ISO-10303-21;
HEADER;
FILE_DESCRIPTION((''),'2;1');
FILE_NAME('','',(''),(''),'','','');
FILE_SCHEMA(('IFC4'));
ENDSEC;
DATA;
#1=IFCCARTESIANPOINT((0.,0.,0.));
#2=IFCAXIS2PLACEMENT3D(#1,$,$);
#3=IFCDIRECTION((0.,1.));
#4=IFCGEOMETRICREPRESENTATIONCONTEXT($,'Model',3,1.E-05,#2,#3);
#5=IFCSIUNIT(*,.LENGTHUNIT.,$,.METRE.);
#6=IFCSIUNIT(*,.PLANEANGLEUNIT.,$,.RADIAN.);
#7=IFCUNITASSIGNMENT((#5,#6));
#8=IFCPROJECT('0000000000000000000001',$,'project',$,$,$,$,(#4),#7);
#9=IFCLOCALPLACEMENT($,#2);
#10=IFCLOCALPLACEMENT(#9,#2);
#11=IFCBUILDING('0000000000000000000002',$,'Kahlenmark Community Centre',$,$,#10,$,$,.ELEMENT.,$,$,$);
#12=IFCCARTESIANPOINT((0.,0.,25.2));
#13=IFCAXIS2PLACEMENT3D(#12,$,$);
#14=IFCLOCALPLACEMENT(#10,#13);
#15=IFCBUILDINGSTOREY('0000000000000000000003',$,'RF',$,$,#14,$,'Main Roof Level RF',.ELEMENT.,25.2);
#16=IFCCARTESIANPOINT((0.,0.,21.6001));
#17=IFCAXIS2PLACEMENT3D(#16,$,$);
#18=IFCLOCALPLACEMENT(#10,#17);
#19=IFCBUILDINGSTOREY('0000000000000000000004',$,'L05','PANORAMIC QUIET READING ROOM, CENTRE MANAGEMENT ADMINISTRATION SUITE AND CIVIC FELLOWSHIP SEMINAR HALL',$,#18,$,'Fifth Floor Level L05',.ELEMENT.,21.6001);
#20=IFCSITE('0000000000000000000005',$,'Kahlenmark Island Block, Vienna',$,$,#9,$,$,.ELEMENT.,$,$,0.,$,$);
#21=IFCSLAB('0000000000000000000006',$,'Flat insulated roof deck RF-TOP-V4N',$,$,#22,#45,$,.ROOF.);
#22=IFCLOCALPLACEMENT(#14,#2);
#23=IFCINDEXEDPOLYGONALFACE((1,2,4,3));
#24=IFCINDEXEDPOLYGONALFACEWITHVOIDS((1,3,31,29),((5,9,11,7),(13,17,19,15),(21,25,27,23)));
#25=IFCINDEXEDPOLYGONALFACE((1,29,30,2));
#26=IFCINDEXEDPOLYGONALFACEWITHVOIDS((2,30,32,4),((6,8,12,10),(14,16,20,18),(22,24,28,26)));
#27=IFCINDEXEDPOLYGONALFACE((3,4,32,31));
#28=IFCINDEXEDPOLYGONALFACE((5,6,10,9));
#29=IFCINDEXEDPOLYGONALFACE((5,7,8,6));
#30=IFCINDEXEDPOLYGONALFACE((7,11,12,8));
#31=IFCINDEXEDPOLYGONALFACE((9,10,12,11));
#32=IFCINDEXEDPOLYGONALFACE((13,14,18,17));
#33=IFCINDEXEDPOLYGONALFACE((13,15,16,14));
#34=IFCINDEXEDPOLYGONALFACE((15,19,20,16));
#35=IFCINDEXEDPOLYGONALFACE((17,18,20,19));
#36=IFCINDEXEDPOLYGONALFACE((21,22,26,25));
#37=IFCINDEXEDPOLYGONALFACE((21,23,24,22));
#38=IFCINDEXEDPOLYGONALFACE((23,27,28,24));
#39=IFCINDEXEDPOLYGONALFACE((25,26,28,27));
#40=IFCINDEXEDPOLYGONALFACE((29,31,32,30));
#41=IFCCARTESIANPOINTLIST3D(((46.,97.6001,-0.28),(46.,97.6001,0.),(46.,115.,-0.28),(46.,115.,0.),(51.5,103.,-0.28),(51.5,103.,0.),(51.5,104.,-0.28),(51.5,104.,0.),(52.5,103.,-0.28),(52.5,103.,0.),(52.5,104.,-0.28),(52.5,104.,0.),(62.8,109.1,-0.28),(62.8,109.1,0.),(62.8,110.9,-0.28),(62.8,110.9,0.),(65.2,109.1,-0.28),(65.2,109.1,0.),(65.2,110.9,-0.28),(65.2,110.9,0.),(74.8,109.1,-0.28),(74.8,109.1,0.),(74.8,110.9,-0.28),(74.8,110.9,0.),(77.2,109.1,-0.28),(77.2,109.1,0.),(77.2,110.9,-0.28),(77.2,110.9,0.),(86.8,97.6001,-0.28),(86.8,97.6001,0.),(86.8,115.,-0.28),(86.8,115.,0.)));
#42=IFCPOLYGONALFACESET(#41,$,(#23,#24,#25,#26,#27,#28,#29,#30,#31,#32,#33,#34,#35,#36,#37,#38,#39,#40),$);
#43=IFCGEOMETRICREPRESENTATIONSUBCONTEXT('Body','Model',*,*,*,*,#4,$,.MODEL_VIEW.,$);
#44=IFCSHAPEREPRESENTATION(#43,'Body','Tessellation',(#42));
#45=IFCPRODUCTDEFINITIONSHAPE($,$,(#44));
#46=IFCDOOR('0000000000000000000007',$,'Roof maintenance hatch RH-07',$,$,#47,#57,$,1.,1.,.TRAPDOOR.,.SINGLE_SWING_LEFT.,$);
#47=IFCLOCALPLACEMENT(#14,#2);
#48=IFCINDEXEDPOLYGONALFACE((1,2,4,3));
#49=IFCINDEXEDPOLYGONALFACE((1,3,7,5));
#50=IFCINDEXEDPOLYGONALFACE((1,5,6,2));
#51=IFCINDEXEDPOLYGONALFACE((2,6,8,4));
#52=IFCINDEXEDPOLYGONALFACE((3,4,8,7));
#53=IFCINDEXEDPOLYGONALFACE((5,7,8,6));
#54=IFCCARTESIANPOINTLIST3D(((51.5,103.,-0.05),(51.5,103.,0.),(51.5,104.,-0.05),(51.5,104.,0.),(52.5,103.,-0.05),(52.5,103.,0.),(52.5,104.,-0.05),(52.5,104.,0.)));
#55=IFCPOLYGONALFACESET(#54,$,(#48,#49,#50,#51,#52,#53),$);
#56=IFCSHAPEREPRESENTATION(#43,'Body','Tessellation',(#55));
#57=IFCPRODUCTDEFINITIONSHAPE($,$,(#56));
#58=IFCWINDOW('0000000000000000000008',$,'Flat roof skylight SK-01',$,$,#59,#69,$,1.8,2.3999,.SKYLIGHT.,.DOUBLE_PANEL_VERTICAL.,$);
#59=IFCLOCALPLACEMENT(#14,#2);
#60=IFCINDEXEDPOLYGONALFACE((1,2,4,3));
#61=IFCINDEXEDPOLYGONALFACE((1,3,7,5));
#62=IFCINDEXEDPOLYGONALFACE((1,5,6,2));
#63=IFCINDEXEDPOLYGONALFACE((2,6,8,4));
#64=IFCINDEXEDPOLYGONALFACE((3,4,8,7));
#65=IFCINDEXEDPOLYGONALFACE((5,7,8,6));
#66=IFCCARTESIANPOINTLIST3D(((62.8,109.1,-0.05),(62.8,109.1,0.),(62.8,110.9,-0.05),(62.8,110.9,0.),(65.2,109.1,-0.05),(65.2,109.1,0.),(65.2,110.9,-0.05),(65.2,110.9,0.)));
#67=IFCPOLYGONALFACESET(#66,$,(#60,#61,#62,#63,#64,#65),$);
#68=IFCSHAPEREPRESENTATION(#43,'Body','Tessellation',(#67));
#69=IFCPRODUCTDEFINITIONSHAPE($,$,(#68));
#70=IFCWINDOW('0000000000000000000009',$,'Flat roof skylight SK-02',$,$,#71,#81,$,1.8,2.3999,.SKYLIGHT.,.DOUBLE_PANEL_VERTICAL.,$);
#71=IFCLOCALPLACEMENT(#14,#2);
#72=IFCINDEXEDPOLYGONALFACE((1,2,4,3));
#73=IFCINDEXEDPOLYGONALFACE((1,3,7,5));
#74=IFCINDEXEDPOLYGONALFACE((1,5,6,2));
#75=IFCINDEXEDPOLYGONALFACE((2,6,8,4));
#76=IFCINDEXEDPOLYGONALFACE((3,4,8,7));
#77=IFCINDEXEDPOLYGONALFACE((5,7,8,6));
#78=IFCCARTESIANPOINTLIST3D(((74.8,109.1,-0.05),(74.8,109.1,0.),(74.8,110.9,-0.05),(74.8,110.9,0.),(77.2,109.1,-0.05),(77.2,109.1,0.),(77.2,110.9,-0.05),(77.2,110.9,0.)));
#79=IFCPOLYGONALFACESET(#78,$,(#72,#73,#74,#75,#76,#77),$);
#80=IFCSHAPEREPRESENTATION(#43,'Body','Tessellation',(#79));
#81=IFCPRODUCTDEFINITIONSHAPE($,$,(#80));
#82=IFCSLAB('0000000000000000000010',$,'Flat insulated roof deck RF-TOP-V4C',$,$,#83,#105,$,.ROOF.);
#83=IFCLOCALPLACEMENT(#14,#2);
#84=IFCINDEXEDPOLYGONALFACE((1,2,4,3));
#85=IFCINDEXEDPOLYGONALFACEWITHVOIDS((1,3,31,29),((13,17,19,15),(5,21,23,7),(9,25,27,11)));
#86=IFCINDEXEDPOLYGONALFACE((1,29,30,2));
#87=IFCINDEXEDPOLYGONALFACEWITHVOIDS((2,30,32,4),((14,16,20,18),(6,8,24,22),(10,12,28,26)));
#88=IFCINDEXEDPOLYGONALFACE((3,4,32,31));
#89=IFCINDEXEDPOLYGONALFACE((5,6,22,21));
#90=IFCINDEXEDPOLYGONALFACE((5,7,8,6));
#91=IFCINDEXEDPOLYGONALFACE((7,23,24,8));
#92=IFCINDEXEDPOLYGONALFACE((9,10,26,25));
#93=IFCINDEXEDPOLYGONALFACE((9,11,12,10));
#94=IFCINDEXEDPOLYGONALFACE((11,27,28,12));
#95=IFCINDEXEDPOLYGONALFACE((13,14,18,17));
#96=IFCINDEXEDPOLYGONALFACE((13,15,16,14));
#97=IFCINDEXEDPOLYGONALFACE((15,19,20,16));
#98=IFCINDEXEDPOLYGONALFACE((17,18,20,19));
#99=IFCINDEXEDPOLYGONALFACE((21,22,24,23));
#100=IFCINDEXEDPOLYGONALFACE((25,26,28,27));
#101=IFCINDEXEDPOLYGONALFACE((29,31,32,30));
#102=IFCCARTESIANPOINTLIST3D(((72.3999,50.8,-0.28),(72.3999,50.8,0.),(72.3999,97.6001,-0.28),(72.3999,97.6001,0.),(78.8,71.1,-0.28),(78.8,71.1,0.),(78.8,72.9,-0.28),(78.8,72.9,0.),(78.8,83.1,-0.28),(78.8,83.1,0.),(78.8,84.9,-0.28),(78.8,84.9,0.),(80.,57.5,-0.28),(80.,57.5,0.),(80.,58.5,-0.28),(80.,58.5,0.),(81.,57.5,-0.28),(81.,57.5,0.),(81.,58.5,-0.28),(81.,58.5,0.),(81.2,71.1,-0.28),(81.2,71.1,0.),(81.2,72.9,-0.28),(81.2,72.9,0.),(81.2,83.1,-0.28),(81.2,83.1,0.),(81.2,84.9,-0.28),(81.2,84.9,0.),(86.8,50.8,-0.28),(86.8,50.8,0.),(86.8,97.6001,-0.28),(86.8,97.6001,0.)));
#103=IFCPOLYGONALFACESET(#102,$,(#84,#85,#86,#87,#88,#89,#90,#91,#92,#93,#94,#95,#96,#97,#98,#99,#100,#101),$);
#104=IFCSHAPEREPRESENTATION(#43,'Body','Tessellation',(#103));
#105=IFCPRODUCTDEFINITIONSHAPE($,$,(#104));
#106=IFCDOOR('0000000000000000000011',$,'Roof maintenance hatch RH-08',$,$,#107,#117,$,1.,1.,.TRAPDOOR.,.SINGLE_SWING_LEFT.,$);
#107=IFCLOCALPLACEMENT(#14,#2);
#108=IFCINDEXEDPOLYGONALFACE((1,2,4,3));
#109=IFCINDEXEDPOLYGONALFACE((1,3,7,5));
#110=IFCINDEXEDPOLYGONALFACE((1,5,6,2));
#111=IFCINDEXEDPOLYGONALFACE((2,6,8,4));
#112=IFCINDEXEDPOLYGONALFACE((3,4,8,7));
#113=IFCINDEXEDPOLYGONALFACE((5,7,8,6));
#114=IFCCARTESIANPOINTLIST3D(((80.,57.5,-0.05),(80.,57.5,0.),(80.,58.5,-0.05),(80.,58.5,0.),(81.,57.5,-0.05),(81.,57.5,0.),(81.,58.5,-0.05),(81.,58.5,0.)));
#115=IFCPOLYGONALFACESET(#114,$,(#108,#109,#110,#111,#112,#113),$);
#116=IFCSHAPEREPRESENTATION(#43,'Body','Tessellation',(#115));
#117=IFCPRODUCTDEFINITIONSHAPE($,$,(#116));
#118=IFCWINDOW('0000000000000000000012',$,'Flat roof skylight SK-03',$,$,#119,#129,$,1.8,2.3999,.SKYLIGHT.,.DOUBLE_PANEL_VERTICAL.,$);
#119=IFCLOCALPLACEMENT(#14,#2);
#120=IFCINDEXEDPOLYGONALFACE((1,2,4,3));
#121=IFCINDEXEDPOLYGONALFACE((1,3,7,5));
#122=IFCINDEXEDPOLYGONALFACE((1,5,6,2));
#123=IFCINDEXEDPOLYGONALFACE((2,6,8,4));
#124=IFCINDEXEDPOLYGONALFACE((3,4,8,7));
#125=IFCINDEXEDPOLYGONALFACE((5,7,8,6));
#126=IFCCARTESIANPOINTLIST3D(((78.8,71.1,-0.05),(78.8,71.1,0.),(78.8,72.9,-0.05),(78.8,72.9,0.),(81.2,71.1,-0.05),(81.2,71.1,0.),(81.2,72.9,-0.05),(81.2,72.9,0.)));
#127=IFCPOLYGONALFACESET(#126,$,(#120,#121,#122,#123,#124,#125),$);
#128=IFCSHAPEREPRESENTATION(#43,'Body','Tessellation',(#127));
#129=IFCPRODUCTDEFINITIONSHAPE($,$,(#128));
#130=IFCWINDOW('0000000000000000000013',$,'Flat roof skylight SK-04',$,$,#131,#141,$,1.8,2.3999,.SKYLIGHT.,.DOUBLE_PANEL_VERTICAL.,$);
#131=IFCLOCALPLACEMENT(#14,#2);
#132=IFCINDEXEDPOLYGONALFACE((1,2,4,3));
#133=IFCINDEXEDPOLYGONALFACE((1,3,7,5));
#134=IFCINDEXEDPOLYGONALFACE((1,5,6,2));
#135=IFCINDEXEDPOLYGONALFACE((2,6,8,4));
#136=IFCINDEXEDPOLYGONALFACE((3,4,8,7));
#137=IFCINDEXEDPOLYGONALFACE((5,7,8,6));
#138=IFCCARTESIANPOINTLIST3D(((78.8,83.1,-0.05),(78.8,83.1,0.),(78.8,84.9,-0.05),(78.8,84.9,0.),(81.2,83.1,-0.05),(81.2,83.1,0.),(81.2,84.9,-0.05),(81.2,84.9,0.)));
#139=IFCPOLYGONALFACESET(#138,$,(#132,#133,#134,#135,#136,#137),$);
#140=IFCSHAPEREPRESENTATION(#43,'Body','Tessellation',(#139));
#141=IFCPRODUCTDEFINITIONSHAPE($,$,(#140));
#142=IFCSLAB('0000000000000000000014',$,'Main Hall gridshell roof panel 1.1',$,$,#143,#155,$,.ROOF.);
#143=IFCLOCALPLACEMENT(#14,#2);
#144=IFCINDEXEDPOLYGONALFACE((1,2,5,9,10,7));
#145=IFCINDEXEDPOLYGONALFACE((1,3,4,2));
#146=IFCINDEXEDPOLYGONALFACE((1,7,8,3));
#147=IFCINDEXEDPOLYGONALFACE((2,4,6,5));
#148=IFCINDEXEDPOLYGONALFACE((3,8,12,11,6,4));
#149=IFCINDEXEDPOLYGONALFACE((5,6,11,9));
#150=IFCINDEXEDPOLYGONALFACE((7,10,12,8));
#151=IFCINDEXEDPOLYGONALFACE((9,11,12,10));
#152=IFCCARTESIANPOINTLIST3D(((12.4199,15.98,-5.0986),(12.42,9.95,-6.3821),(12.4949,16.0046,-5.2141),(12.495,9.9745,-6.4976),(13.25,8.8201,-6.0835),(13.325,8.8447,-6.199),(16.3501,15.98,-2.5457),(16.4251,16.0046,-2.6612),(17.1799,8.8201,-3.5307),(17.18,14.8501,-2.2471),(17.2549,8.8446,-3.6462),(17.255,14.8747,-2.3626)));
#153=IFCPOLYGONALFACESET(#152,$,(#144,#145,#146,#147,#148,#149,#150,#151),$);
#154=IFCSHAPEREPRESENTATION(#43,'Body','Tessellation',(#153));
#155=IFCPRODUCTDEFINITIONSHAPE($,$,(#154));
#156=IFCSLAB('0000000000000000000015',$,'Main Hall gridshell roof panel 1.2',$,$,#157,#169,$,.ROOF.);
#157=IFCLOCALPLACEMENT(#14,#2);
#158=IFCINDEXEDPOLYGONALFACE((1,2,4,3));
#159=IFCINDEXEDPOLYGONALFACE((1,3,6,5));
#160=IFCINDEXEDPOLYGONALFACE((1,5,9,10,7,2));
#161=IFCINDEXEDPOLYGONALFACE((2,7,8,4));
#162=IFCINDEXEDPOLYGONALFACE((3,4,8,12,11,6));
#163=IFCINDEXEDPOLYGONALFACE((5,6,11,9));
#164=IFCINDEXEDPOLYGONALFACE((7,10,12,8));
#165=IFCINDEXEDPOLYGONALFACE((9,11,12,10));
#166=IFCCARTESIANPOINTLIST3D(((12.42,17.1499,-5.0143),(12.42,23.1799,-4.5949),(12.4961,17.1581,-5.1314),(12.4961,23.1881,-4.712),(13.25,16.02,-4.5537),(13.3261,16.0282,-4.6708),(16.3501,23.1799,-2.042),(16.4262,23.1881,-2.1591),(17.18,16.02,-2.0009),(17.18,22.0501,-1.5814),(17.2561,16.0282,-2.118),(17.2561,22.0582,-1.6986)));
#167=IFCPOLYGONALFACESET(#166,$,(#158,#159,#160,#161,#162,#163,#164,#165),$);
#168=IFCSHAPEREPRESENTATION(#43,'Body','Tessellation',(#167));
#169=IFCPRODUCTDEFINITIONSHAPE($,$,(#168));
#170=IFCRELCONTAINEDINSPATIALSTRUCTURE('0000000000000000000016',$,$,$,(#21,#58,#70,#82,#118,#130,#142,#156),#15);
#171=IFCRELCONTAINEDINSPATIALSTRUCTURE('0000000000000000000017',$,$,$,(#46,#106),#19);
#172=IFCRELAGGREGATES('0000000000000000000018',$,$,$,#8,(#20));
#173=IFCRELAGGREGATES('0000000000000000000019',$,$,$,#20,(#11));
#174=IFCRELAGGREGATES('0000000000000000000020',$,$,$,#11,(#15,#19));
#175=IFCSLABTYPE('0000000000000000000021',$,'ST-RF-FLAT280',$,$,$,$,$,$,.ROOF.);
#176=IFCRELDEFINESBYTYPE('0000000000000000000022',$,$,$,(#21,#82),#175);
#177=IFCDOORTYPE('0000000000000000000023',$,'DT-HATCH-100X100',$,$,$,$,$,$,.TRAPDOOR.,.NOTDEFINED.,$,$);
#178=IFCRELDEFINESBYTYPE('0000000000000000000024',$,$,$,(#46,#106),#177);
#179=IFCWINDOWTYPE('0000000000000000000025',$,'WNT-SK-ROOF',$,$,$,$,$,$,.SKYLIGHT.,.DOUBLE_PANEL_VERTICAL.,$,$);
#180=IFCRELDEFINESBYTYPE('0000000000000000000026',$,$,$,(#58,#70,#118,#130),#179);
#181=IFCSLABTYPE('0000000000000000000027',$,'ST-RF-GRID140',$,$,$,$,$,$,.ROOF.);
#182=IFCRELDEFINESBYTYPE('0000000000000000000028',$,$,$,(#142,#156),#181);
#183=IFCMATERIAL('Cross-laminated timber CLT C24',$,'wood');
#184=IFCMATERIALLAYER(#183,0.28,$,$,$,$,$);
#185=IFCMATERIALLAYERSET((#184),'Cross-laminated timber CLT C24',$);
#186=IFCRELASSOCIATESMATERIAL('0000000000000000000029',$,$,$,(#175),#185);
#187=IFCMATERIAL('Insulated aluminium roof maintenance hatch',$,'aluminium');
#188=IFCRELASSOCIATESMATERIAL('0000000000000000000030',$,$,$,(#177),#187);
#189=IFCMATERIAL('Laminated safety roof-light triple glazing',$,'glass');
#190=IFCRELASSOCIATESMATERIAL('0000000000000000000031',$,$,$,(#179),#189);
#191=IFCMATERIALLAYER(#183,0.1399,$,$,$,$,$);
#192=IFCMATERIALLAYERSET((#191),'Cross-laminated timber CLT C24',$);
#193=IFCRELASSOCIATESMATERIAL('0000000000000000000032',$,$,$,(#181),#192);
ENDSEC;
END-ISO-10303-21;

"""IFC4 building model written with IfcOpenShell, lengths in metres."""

from ifc_helpers import new_model, si_unit, direction, frame, origin, origin_2d, place, context, subcontext, project, spatial, polyline, rectangle, outline, extrude, material, layer, layer_set, type_object, element, fill, save


model = new_model("IFC4")

# Units and contexts
model_context = context("Model", 3, precision=1e-05, world=origin(), true_north=direction((0.0, 1.0)))
body_context = subcontext(model_context, "Body", "Model", "MODEL_VIEW")
ifc_project = project(units=[si_unit("LENGTHUNIT", "METRE"), si_unit("PLANEANGLEUNIT", "RADIAN")], contexts=[model_context])

# Site, building, storey
site_placement = place(None, origin())
site = spatial("IfcSite", under=ifc_project, at=site_placement, Name="Kahlenmark Island Block, Vienna", CompositionType="ELEMENT", RefElevation=0.0)
building_placement = place(site_placement, origin())
building = spatial("IfcBuilding", under=site, at=building_placement, Name="Kahlenmark Community Centre", CompositionType="ELEMENT")
storey_1_placement = place(building_placement, frame((0.0, 0.0, 25.2)))
storey_1 = spatial("IfcBuildingStorey", under=building, at=storey_1_placement, Name="RF", LongName="Main Roof Level RF", CompositionType="ELEMENT", Elevation=25.2)

# Shared definitions
ifc_material_1 = material(Name="Cross-laminated timber CLT C24", Category="wood")
ifc_layer_1 = layer(ifc_material_1, 0.28)
ifc_layer_set_1 = layer_set([ifc_layer_1], Name="Cross-laminated timber CLT C24")
slab_type_1 = type_object("IfcSlabType", Name="ST-RF-FLAT280", PredefinedType="ROOF", material=ifc_layer_set_1)

# Slab, openings
slab_1_placement = place(storey_1_placement, frame((0.0, 0.0, -0.28)))
slab_1 = element("IfcSlab", 1, at=slab_1_placement, inside=storey_1, type_object=slab_type_1, Name="Flat insulated roof deck RF-TOP-V4N", PredefinedType="ROOF", context=body_context, shape_type="SweptSolid", body=[
    extrude(outline(polyline([(46.0, 97.6001), (86.8, 97.6001), (86.8, 115.0), (46.0, 115.0), (46.0, 97.6001)])), origin(), (0.0, 0.0, 1.0), 0.28),
])
opening_1_placement = place(slab_1_placement, frame((52.0, 103.5, -0.01)))
opening_1 = element("IfcOpeningElement", 2, at=opening_1_placement, cuts=slab_1, PredefinedType="OPENING", context=body_context, shape_type="SweptSolid", body=[
    extrude(rectangle(XDim=1.0, YDim=1.0, at=origin_2d()), origin(), (0.0, 0.0, 1.0), 0.3),
])
opening_2_placement = place(slab_1_placement, frame((64.0, 110.0, -0.01)))
opening_2 = element("IfcOpeningElement", 3, at=opening_2_placement, cuts=slab_1, PredefinedType="OPENING", context=body_context, shape_type="SweptSolid", body=[
    extrude(rectangle(XDim=2.3999, YDim=1.8, at=origin_2d()), origin(), (0.0, 0.0, 1.0), 0.3),
])
opening_3_placement = place(slab_1_placement, frame((76.0, 110.0, -0.01)))
opening_3 = element("IfcOpeningElement", 4, at=opening_3_placement, cuts=slab_1, PredefinedType="OPENING", context=body_context, shape_type="SweptSolid", body=[
    extrude(rectangle(XDim=2.3999, YDim=1.8, at=origin_2d()), origin(), (0.0, 0.0, 1.0), 0.3),
])

# Shared definitions
storey_2_placement = place(building_placement, frame((0.0, 0.0, 21.6001)))
storey_2 = spatial("IfcBuildingStorey", under=building, at=storey_2_placement, Name="L05", Description="PANORAMIC QUIET READING ROOM, CENTRE MANAGEMENT ADMINISTRATION SUITE AND CIVIC FELLOWSHIP SEMINAR HALL", LongName="Fifth Floor Level L05", CompositionType="ELEMENT", Elevation=21.6001)

# Door
ifc_material_2 = material(Name="Insulated aluminium roof maintenance hatch", Category="aluminium")
door_type = type_object("IfcDoorType", Name="DT-HATCH-100X100", OperationType="NOTDEFINED", PredefinedType="TRAPDOOR", material=ifc_material_2)
door_1_placement = place(slab_1_placement, frame((52.0, 103.5, 0.23)))
door_1 = element("IfcDoor", 5, at=door_1_placement, inside=storey_2, type_object=door_type, Name="Roof maintenance hatch RH-07", OperationType="SINGLE_SWING_LEFT", OverallHeight=1.0, OverallWidth=1.0, PredefinedType="TRAPDOOR", context=body_context, shape_type="SweptSolid", body=[
    extrude(rectangle(XDim=1.0, YDim=1.0, at=origin_2d()), origin(), (0.0, 0.0, 1.0), 0.05),
])
fill(opening_1, door_1)

# Windows
ifc_material_3 = material(Name="Laminated safety roof-light triple glazing", Category="glass")
window_type = type_object("IfcWindowType", Name="WNT-SK-ROOF", PartitioningType="DOUBLE_PANEL_VERTICAL", PredefinedType="SKYLIGHT", material=ifc_material_3)
window_1_placement = place(slab_1_placement, frame((64.0, 110.0, 0.23)))
window_1 = element("IfcWindow", 6, at=window_1_placement, inside=storey_1, type_object=window_type, Name="Flat roof skylight SK-01", OverallHeight=1.8, OverallWidth=2.3999, PartitioningType="DOUBLE_PANEL_VERTICAL", PredefinedType="SKYLIGHT", context=body_context, shape_type="SweptSolid", body=[
    extrude(rectangle(XDim=2.3999, YDim=1.8, at=origin_2d()), origin(), (0.0, 0.0, 1.0), 0.05),
])
fill(opening_2, window_1)
window_2_placement = place(slab_1_placement, frame((76.0, 110.0, 0.23)))
window_2 = element("IfcWindow", 7, at=window_2_placement, inside=storey_1, type_object=window_type, Name="Flat roof skylight SK-02", OverallHeight=1.8, OverallWidth=2.3999, PartitioningType="DOUBLE_PANEL_VERTICAL", PredefinedType="SKYLIGHT", context=body_context, shape_type="SweptSolid", body=[
    extrude(rectangle(XDim=2.3999, YDim=1.8, at=origin_2d()), origin(), (0.0, 0.0, 1.0), 0.05),
])
fill(opening_3, window_2)

# Slab, openings, door, windows
slab_2_placement = place(storey_1_placement, frame((0.0, 0.0, -0.28)))
slab_2 = element("IfcSlab", 8, at=slab_2_placement, inside=storey_1, type_object=slab_type_1, Name="Flat insulated roof deck RF-TOP-V4C", PredefinedType="ROOF", context=body_context, shape_type="SweptSolid", body=[
    extrude(outline(polyline([(72.3999, 50.8), (86.8, 50.8), (86.8, 97.6001), (72.3999, 97.6001), (72.3999, 50.8)])), origin(), (0.0, 0.0, 1.0), 0.28),
])
opening_4_placement = place(slab_2_placement, frame((80.5, 58.0, -0.01)))
opening_4 = element("IfcOpeningElement", 9, at=opening_4_placement, cuts=slab_2, PredefinedType="OPENING", context=body_context, shape_type="SweptSolid", body=[
    extrude(rectangle(XDim=1.0, YDim=1.0, at=origin_2d()), origin(), (0.0, 0.0, 1.0), 0.3),
])
opening_5_placement = place(slab_2_placement, frame((80.0, 72.0, -0.01)))
opening_5 = element("IfcOpeningElement", 10, at=opening_5_placement, cuts=slab_2, PredefinedType="OPENING", context=body_context, shape_type="SweptSolid", body=[
    extrude(rectangle(XDim=2.3999, YDim=1.8, at=origin_2d()), origin(), (0.0, 0.0, 1.0), 0.3),
])
opening_6_placement = place(slab_2_placement, frame((80.0, 84.0, -0.01)))
opening_6 = element("IfcOpeningElement", 11, at=opening_6_placement, cuts=slab_2, PredefinedType="OPENING", context=body_context, shape_type="SweptSolid", body=[
    extrude(rectangle(XDim=2.3999, YDim=1.8, at=origin_2d()), origin(), (0.0, 0.0, 1.0), 0.3),
])
door_2_placement = place(slab_2_placement, frame((80.5, 58.0, 0.23)))
door_2 = element("IfcDoor", 12, at=door_2_placement, inside=storey_2, type_object=door_type, Name="Roof maintenance hatch RH-08", OperationType="SINGLE_SWING_LEFT", OverallHeight=1.0, OverallWidth=1.0, PredefinedType="TRAPDOOR", context=body_context, shape_type="SweptSolid", body=[
    extrude(rectangle(XDim=1.0, YDim=1.0, at=origin_2d()), origin(), (0.0, 0.0, 1.0), 0.05),
])
fill(opening_4, door_2)
window_3_placement = place(slab_2_placement, frame((80.0, 72.0, 0.23)))
window_3 = element("IfcWindow", 13, at=window_3_placement, inside=storey_1, type_object=window_type, Name="Flat roof skylight SK-03", OverallHeight=1.8, OverallWidth=2.3999, PartitioningType="DOUBLE_PANEL_VERTICAL", PredefinedType="SKYLIGHT", context=body_context, shape_type="SweptSolid", body=[
    extrude(rectangle(XDim=2.3999, YDim=1.8, at=origin_2d()), origin(), (0.0, 0.0, 1.0), 0.05),
])
fill(opening_5, window_3)
window_4_placement = place(slab_2_placement, frame((80.0, 84.0, 0.23)))
window_4 = element("IfcWindow", 14, at=window_4_placement, inside=storey_1, type_object=window_type, Name="Flat roof skylight SK-04", OverallHeight=1.8, OverallWidth=2.3999, PartitioningType="DOUBLE_PANEL_VERTICAL", PredefinedType="SKYLIGHT", context=body_context, shape_type="SweptSolid", body=[
    extrude(rectangle(XDim=2.3999, YDim=1.8, at=origin_2d()), origin(), (0.0, 0.0, 1.0), 0.05),
])
fill(opening_6, window_4)

# Slabs
ifc_layer_2 = layer(ifc_material_1, 0.1399)
ifc_layer_set_2 = layer_set([ifc_layer_2], Name="Cross-laminated timber CLT C24")
slab_type_2 = type_object("IfcSlabType", Name="ST-RF-GRID140", PredefinedType="ROOF", material=ifc_layer_set_2)
slab_3_placement = place(storey_1_placement, frame((13.25, 8.8201, -6.0835), z_axis=(-0.536257, -0.175733, 0.825558), x_axis=(0.838609, -0.000001, 0.544734)))
element("IfcSlab", 15, at=slab_3_placement, inside=storey_1, type_object=slab_type_2, Name="Main Hall gridshell roof panel 1.1", PredefinedType="ROOF", context=body_context, shape_type="SweptSolid", body=[
    extrude(outline(polyline([(0.0, 0.0), (4.6862, 0.0), (5.3855, 6.1254), (4.5269, 7.2731), (-0.1596, 7.2731), (-0.8588, 1.1478), (0.0, 0.0)])), origin(), (0.0, 0.0, -1.0), 0.1399),
])
slab_4_placement = place(storey_1_placement, frame((13.25, 16.02, -4.5537), z_axis=(-0.543817, -0.058228, 0.837181), x_axis=(0.838604, 0.000002, 0.544742)))
element("IfcSlab", 16, at=slab_4_placement, inside=storey_1, type_object=slab_type_2, Name="Main Hall gridshell roof panel 1.2", PredefinedType="ROOF", context=body_context, shape_type="SweptSolid", body=[
    extrude(outline(polyline([(0.0, 0.0), (4.6864, 0.0), (4.9149, 6.0403), (3.968, 7.1721), (-0.7184, 7.1721), (-0.9469, 1.1318), (0.0, 0.0)])), origin(), (0.0, 0.0, -1.0), 0.1399),
])

save(model, "model.ifc")
